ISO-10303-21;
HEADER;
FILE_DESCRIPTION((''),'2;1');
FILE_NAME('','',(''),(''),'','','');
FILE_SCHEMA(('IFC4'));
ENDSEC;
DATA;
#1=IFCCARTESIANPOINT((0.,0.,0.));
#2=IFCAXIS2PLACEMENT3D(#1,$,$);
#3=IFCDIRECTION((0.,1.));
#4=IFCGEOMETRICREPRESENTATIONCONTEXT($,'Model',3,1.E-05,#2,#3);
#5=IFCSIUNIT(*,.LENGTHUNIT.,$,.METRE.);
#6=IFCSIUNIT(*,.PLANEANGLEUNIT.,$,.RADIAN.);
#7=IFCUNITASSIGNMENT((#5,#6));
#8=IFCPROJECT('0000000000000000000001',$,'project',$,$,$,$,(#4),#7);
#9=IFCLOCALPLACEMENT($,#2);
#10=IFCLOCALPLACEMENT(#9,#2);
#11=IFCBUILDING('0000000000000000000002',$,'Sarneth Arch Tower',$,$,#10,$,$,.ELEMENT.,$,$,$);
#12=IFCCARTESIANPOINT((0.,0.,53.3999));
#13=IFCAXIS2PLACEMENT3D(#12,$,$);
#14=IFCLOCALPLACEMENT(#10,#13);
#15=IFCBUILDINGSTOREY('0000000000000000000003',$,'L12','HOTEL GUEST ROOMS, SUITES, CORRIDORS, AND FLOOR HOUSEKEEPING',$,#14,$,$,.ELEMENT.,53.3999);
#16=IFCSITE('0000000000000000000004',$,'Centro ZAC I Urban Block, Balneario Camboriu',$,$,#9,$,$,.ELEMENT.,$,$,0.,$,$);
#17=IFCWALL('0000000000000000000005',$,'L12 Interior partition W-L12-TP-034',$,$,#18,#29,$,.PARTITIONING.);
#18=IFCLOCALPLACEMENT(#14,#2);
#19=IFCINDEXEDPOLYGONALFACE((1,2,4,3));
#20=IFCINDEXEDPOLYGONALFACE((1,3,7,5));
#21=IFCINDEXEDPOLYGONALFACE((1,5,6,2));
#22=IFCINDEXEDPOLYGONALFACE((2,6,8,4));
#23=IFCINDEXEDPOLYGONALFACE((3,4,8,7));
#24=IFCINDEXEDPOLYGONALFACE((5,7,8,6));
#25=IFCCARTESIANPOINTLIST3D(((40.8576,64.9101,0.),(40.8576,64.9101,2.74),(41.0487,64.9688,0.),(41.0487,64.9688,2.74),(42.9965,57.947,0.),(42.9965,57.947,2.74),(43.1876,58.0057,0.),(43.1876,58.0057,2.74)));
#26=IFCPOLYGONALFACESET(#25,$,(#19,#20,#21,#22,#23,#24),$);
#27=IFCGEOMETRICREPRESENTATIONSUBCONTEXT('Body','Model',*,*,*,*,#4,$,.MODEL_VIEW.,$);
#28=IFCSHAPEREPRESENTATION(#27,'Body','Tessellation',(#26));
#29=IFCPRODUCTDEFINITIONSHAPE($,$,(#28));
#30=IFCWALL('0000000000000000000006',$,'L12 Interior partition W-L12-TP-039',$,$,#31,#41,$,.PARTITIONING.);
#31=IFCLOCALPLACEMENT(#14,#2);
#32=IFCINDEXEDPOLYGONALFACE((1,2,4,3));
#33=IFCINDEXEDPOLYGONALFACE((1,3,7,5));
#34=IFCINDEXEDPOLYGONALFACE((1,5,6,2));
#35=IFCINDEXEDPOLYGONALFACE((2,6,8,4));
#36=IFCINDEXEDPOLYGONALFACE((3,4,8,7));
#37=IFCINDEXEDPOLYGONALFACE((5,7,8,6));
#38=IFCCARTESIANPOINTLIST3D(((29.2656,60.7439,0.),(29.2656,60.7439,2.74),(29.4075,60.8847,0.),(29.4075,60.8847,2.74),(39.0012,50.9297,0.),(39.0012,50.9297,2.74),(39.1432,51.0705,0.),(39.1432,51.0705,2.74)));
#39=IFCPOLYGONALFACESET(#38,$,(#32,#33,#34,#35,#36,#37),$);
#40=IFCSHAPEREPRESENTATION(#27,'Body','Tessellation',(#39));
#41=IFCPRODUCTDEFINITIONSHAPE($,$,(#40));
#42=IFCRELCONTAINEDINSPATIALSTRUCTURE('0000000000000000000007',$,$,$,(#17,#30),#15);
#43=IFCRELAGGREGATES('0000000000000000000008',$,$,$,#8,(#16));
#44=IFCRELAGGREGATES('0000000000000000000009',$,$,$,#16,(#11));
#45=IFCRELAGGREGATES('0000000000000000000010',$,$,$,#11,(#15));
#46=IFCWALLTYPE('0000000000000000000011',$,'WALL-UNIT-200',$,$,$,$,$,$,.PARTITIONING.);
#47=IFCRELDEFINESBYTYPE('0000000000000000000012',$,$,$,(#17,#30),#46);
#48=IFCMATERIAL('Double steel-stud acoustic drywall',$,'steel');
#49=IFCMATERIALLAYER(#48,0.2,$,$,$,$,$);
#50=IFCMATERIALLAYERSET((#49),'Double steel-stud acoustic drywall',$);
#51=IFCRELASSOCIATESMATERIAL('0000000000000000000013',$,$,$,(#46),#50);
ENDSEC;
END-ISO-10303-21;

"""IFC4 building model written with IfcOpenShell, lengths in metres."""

from ifc_helpers import new_model, si_unit, direction, frame, frame_2d, origin, place, context, subcontext, project, spatial, rectangle, extrude, material, layer, layer_set, type_object, element, save


model = new_model("IFC4")

# Units and contexts
model_context = context("Model", 3, precision=1e-05, world=origin(), true_north=direction((0.0, 1.0)))
body_context = subcontext(model_context, "Body", "Model", "MODEL_VIEW")
ifc_project = project(units=[si_unit("LENGTHUNIT", "METRE"), si_unit("PLANEANGLEUNIT", "RADIAN")], contexts=[model_context])

# Site, building, storey
site_placement = place(None, origin())
site = spatial("IfcSite", under=ifc_project, at=site_placement, Name="Centro ZAC I Urban Block, Balneario Camboriu", CompositionType="ELEMENT", RefElevation=0.0)
building_placement = place(site_placement, origin())
building = spatial("IfcBuilding", under=site, at=building_placement, Name="Sarneth Arch Tower", CompositionType="ELEMENT")
storey_placement = place(building_placement, frame((0.0, 0.0, 53.3999)))
storey = spatial("IfcBuildingStorey", under=building, at=storey_placement, Name="L12", Description="HOTEL GUEST ROOMS, SUITES, CORRIDORS, AND FLOOR HOUSEKEEPING", CompositionType="ELEMENT", Elevation=53.3999)

# Walls
ifc_material_1 = material(Name="Double steel-stud acoustic drywall", Category="steel")
ifc_layer_1 = layer(ifc_material_1, 0.2)
ifc_layer_set_1 = layer_set([ifc_layer_1], Name="Double steel-stud acoustic drywall")
wall_type_1 = type_object("IfcWallType", Name="WALL-UNIT-200", PredefinedType="PARTITIONING", material=ifc_layer_set_1)
wall_1_placement = place(storey_placement, frame((40.9531, 64.9395, 0.0), z_axis=(0.0, 0.0, 1.0), x_axis=(0.293636, -0.955917, 0.0)))
element("IfcWall", 1, at=wall_1_placement, inside=storey, type_object=wall_type_1, Name="L12 Interior partition W-L12-TP-034", PredefinedType="PARTITIONING", context=body_context, shape_type="SweptSolid", body=[
    extrude(rectangle(XDim=7.2842, YDim=0.2, at=frame_2d((3.6421, 0.0))), origin(), (0.0, 0.0, 1.0), 2.74),
])
wall_2_placement = place(storey_placement, frame((39.0723, 51.0, 0.0), z_axis=(0.0, 0.0, 1.0), x_axis=(-0.704258, 0.709944, 0.0)))
element("IfcWall", 2, at=wall_2_placement, inside=storey, type_object=wall_type_1, Name="L12 Interior partition W-L12-TP-039", PredefinedType="PARTITIONING", context=body_context, shape_type="SweptSolid", body=[
    extrude(rectangle(XDim=13.824, YDim=0.2, at=frame_2d((6.9121, 0.0))), origin(), (0.0, 0.0, 1.0), 2.74),
])

save(model, "model.ifc")
